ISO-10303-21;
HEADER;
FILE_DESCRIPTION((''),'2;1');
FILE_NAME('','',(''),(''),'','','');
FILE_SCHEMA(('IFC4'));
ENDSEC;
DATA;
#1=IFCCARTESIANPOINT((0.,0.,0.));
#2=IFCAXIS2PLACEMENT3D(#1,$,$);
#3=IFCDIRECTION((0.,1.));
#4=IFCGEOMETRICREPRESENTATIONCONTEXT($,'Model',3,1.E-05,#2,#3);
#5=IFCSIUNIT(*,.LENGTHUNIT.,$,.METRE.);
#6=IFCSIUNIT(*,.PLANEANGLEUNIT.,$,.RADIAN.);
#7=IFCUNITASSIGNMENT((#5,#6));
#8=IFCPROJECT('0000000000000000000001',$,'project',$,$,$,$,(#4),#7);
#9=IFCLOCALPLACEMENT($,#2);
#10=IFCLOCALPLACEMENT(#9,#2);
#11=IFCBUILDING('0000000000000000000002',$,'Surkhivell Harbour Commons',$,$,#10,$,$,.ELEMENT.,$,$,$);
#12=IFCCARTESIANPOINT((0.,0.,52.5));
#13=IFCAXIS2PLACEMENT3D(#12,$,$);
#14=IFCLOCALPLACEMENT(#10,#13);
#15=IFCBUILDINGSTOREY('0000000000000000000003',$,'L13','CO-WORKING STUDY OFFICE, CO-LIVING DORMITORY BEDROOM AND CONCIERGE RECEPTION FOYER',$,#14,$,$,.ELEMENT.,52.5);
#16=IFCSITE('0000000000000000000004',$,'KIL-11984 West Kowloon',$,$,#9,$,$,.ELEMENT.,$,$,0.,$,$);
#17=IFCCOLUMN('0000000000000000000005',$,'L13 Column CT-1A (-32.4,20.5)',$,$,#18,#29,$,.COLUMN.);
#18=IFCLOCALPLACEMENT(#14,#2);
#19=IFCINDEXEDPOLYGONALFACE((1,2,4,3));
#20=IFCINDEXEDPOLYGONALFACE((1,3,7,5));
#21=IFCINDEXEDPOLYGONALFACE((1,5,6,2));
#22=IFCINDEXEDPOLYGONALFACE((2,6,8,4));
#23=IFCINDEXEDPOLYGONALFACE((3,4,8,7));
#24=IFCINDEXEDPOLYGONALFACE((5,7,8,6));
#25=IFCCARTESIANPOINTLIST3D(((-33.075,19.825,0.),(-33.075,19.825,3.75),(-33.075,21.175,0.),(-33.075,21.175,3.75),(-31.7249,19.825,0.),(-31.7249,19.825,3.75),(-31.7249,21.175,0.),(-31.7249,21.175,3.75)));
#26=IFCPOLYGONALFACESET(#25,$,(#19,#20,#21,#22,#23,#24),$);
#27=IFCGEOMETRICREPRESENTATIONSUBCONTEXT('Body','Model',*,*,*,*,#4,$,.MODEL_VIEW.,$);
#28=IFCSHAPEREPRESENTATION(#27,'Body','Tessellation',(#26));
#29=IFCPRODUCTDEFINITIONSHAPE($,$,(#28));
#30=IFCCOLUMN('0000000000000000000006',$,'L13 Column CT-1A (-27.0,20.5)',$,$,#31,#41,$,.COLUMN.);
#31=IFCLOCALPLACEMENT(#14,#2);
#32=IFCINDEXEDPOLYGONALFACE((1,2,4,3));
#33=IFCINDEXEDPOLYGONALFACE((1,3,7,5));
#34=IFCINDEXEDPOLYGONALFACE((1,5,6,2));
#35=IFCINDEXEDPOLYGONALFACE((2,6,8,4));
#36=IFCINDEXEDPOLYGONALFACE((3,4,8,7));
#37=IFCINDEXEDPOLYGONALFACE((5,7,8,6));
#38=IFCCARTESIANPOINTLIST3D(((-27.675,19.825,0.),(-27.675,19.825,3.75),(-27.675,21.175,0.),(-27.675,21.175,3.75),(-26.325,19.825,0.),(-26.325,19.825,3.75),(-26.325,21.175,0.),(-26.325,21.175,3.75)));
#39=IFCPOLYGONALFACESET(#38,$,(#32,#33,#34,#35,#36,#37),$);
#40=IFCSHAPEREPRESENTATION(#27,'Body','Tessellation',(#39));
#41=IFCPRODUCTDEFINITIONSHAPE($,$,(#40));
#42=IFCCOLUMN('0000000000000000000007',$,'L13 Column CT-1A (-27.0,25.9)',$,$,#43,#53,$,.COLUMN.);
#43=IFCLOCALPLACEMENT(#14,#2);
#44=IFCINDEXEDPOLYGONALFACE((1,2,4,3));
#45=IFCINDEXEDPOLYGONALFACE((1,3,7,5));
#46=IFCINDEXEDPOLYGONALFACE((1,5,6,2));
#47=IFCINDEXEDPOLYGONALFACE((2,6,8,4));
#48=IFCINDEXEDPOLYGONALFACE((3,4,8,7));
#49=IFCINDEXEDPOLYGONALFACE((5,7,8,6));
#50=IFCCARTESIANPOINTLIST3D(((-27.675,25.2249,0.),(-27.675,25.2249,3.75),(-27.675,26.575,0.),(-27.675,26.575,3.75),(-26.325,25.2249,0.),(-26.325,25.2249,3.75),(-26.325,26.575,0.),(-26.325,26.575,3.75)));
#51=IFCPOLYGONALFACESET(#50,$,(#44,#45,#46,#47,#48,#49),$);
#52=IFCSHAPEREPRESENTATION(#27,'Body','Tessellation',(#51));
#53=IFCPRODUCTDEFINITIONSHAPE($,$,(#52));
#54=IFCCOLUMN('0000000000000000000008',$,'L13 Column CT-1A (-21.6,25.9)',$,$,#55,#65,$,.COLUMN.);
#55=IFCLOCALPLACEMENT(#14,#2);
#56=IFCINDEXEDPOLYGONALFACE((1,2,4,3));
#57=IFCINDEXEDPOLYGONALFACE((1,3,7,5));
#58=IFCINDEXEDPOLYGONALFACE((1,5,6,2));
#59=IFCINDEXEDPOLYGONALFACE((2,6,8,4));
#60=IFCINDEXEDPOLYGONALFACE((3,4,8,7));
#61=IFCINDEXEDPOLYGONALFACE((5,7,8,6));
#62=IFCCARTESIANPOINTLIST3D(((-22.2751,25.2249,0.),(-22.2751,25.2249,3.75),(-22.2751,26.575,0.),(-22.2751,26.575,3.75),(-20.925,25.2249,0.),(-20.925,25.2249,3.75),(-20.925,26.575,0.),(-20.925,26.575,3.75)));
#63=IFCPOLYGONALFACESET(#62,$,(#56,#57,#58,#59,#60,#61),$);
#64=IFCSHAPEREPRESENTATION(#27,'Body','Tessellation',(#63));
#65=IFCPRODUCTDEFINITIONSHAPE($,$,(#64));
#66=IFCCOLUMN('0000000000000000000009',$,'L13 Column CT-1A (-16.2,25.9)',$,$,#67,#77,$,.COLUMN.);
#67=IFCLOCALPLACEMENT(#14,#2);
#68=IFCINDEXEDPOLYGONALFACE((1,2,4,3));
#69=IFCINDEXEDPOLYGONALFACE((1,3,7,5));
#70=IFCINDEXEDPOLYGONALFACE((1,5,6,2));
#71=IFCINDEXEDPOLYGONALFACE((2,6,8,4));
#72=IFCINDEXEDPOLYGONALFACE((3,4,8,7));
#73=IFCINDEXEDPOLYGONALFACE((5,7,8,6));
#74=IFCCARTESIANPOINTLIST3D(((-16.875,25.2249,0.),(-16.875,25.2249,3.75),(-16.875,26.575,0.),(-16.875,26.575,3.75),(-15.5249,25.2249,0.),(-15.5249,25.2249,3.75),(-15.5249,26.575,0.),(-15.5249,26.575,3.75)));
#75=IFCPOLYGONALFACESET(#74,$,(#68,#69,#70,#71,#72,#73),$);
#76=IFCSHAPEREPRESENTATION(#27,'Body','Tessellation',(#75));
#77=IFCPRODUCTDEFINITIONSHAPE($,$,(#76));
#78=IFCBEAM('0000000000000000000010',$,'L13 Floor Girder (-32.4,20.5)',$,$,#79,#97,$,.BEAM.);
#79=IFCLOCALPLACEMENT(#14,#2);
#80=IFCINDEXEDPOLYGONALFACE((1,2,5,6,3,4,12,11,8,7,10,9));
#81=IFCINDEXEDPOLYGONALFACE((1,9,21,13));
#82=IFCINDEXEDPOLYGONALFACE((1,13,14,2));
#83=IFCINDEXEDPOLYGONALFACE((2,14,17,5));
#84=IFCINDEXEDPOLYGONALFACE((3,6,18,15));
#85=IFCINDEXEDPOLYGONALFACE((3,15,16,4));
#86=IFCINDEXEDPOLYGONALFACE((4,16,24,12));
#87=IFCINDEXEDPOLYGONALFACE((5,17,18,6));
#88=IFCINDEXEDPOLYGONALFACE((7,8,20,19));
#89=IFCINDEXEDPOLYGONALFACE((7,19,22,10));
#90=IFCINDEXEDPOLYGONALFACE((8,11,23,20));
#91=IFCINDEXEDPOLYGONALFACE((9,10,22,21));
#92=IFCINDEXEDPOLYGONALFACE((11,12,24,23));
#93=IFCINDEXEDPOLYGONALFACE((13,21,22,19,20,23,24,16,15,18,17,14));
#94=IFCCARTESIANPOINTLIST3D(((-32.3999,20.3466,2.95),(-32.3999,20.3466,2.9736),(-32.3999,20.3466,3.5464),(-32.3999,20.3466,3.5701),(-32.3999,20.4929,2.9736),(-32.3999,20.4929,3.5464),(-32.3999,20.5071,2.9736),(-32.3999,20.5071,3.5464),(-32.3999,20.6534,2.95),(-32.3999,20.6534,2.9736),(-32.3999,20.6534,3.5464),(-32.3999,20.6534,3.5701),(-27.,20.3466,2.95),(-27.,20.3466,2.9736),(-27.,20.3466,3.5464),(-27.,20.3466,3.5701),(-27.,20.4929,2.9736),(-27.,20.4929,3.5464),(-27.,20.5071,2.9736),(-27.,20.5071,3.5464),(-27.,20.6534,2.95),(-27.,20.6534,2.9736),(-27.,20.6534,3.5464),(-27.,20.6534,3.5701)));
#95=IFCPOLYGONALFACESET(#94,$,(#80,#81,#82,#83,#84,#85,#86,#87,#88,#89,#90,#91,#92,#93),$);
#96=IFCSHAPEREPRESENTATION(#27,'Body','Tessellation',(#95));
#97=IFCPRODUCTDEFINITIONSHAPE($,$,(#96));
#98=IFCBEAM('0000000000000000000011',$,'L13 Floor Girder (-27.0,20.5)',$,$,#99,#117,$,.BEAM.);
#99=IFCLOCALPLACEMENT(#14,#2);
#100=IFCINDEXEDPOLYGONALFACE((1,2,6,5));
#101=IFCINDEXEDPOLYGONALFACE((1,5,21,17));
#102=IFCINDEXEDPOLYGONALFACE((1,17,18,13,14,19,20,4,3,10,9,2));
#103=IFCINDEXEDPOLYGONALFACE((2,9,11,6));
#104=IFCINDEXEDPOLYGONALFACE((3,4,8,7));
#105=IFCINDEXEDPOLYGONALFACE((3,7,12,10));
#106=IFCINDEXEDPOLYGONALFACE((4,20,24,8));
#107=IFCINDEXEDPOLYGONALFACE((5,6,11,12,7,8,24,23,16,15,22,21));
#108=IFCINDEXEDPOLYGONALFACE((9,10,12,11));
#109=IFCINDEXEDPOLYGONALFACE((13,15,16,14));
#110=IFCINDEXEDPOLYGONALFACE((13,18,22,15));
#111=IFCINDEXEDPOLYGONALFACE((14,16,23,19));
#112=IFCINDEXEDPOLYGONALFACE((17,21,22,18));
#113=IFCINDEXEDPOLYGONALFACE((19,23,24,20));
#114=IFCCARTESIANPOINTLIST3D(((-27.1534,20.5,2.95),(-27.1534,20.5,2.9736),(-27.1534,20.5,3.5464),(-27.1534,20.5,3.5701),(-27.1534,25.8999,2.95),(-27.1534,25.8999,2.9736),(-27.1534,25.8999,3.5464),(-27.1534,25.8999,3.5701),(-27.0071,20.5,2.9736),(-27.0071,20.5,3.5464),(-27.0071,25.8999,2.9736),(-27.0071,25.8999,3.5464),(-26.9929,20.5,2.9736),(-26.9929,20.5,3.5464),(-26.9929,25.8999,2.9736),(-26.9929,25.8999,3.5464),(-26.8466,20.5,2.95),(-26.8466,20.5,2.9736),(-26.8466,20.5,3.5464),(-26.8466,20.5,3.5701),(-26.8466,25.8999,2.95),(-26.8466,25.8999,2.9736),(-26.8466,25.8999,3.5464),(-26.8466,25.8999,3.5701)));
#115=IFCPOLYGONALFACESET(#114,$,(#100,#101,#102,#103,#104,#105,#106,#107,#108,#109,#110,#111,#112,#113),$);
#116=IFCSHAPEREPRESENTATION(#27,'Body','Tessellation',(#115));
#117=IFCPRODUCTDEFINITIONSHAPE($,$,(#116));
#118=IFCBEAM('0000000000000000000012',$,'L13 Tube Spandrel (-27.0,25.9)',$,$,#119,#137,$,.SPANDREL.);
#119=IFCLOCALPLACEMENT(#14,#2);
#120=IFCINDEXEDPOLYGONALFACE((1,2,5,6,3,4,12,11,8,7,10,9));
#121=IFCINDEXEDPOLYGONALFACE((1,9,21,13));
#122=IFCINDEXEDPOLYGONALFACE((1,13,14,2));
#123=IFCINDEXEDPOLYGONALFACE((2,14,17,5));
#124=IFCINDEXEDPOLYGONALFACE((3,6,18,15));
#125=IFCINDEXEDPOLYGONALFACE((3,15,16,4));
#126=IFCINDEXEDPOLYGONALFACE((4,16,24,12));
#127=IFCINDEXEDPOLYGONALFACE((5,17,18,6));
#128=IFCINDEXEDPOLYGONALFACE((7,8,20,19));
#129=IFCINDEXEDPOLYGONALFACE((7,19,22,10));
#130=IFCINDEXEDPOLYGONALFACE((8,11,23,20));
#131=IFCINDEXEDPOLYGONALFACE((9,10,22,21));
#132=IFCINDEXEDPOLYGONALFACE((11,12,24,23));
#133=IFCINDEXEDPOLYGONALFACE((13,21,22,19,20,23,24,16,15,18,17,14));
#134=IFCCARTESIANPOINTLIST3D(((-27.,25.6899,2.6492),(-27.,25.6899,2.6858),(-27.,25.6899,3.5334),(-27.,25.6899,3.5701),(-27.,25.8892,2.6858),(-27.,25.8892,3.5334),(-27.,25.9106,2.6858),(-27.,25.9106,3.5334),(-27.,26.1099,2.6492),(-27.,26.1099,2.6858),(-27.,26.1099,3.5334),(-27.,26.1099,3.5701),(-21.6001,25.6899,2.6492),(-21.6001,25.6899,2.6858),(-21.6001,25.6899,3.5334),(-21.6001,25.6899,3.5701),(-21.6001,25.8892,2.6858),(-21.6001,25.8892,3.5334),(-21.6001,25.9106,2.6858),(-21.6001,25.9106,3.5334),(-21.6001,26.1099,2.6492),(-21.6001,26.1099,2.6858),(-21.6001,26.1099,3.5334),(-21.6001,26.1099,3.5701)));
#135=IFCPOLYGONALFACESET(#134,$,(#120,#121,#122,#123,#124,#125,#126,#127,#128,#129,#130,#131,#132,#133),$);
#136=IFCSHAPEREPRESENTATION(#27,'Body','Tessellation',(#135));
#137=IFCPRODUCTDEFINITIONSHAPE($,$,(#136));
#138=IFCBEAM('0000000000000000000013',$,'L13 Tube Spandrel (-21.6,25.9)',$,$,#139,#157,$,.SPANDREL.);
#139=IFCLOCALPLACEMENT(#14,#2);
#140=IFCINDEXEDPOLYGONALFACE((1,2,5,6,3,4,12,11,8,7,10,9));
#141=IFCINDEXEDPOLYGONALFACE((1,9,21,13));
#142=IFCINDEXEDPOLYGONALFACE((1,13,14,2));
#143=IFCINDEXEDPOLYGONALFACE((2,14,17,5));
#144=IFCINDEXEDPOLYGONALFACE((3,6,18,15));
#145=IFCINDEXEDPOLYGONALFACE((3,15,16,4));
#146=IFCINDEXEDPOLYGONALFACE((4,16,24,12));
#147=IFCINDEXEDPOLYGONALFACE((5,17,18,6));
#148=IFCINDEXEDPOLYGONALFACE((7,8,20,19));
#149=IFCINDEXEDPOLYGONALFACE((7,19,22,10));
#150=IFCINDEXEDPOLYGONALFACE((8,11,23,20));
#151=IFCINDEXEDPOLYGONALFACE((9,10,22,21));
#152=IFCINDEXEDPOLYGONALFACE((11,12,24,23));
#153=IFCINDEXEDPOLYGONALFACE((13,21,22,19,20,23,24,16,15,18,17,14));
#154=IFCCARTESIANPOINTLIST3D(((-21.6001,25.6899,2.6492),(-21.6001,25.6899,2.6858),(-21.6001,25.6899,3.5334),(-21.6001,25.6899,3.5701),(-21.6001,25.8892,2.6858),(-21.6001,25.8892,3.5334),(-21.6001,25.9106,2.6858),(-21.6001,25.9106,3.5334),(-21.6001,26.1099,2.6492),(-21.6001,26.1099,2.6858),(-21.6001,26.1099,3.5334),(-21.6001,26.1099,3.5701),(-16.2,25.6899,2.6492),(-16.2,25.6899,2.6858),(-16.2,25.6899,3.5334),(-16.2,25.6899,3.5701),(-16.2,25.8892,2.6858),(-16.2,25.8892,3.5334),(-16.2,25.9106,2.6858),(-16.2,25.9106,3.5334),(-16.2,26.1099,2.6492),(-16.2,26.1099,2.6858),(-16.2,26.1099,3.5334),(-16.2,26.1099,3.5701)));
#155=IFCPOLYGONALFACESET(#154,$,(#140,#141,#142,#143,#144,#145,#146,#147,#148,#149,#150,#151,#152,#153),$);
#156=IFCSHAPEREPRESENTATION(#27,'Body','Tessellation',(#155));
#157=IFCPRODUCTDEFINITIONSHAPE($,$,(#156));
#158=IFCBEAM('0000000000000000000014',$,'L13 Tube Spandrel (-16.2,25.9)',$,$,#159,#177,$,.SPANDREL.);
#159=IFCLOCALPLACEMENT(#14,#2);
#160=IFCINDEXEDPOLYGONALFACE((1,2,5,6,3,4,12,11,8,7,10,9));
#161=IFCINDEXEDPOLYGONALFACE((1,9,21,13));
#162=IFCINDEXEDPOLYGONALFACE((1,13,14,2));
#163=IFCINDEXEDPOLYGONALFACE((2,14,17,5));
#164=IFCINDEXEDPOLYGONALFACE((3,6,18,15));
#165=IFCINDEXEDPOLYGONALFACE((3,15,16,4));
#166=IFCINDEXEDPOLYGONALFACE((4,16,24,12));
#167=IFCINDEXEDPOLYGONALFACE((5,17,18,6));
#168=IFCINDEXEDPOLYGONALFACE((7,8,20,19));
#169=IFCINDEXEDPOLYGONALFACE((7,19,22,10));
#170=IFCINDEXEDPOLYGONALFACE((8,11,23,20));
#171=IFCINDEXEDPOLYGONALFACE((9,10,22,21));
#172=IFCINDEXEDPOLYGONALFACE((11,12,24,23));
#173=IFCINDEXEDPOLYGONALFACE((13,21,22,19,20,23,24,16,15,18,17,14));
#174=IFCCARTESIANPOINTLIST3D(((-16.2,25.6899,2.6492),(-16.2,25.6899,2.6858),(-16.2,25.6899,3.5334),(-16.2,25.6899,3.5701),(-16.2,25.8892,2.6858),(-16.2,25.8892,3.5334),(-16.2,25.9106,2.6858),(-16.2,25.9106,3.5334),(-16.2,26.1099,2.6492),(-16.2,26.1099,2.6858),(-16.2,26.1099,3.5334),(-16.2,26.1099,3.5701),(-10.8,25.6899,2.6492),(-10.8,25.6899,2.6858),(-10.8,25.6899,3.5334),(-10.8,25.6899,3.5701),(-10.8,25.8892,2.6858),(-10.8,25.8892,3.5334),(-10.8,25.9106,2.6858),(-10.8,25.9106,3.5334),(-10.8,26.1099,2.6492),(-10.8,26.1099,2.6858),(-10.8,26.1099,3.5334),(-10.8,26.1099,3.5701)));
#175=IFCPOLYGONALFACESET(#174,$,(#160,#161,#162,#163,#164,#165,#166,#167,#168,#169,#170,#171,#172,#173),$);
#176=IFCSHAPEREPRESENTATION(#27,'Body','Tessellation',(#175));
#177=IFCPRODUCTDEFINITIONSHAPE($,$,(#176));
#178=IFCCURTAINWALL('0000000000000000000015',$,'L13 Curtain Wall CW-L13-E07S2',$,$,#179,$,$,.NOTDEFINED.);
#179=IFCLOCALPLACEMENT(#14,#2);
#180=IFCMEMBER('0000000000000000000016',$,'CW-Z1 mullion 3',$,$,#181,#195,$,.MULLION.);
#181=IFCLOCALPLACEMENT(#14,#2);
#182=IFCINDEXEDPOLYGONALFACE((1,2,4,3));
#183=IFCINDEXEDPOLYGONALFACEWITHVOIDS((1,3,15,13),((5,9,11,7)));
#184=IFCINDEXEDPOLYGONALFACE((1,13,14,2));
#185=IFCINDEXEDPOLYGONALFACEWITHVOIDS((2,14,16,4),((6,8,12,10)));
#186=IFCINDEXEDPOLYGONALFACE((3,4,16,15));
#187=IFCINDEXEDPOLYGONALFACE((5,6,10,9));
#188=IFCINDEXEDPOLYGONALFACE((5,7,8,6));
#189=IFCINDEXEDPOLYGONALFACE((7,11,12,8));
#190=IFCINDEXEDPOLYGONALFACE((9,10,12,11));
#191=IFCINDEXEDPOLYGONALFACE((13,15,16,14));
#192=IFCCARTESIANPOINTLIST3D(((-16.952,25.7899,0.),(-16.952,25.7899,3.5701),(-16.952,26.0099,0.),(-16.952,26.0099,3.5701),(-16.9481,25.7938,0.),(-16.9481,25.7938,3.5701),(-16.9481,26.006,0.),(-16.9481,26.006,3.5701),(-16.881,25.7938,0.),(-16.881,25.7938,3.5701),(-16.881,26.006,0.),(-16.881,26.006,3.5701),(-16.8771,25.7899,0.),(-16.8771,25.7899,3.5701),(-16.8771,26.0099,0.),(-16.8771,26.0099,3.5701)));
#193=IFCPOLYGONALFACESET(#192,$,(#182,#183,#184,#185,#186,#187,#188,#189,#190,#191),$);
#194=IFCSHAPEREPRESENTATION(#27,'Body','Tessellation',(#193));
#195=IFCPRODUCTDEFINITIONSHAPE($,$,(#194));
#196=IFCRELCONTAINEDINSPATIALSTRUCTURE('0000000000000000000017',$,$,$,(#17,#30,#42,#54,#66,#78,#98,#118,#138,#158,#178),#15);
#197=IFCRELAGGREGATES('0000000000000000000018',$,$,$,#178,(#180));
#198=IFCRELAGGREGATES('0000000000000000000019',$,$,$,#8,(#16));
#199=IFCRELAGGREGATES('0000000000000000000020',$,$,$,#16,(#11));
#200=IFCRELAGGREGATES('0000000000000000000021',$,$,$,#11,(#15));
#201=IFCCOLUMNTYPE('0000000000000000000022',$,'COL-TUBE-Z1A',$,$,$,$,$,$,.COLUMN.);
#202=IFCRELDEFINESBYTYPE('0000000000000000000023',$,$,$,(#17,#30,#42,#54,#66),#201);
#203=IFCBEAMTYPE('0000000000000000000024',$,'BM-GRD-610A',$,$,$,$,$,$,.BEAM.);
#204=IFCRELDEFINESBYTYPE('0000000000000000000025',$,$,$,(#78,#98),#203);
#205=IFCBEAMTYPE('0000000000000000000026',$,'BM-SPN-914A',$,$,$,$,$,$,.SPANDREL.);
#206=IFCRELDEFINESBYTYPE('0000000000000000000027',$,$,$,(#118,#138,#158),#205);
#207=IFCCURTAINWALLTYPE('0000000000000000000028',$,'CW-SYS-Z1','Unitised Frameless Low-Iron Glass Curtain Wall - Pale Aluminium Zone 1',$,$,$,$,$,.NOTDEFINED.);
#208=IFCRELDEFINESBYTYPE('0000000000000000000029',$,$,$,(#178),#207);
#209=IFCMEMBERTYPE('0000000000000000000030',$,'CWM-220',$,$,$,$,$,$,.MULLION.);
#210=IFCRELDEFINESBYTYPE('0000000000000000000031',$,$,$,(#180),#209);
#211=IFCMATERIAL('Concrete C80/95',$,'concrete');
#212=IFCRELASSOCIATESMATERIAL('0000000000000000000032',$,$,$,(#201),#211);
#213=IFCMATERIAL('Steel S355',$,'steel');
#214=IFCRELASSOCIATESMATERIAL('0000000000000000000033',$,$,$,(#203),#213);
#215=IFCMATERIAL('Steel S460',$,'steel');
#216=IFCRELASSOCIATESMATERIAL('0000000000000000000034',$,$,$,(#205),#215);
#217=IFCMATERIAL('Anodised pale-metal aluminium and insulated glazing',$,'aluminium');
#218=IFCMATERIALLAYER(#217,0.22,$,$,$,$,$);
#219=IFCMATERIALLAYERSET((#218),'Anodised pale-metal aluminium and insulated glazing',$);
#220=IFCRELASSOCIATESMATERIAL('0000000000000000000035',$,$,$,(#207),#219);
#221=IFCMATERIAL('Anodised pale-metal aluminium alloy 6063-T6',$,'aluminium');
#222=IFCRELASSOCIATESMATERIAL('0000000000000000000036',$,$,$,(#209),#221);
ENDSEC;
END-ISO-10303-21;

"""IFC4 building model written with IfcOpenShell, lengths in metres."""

from ifc_helpers import new_model, si_unit, direction, frame, origin, origin_2d, place, context, subcontext, project, spatial, rectangle, hollow_rectangle, i_section, extrude, material, layer, layer_set, material_profile, profile_set, type_object, element, aggregate, save


model = new_model("IFC4")

# Units and contexts
model_context = context("Model", 3, precision=1e-05, world=origin(), true_north=direction((0.0, 1.0)))
body_context = subcontext(model_context, "Body", "Model", "MODEL_VIEW")
ifc_project = project(units=[si_unit("LENGTHUNIT", "METRE"), si_unit("PLANEANGLEUNIT", "RADIAN")], contexts=[model_context])

# Site, building, storey
site_placement = place(None, origin())
site = spatial("IfcSite", under=ifc_project, at=site_placement, Name="KIL-11984 West Kowloon", CompositionType="ELEMENT", RefElevation=0.0)
building_placement = place(site_placement, origin())
building = spatial("IfcBuilding", under=site, at=building_placement, Name="Surkhivell Harbour Commons", CompositionType="ELEMENT")
storey_placement = place(building_placement, frame((0.0, 0.0, 52.5)))
storey = spatial("IfcBuildingStorey", under=building, at=storey_placement, Name="L13", Description="CO-WORKING STUDY OFFICE, CO-LIVING DORMITORY BEDROOM AND CONCIERGE RECEPTION FOYER", CompositionType="ELEMENT", Elevation=52.5)

# Columns
ifc_material_1 = material(Name="Concrete C80/95", Category="concrete")
ifc_material_profile_1 = material_profile(ifc_material_1, rectangle(XDim=1.3501, YDim=1.3501, at=origin_2d()), Name="RC-COL-1350x1350")
ifc_profile_set_1 = profile_set([ifc_material_profile_1], Name="Concrete C80/95")
column_type = type_object("IfcColumnType", Name="COL-TUBE-Z1A", PredefinedType="COLUMN", material=ifc_profile_set_1)
for number, where, z_axis, x_axis, name in (
    (1, (-32.3999, 20.5, 0.0), (0.0, 0.0, 1.0), (1.0, 0.0, 0.0), "L13 Column CT-1A (-32.4,20.5)"),
    (2, (-27.0, 20.5, 0.0), (0.0, 0.0, 1.0), (1.0, 0.0, 0.0), "L13 Column CT-1A (-27.0,20.5)"),
    (3, (-27.0, 25.8999, 0.0), (0.0, 0.0, 1.0), (1.0, 0.0, 0.0), "L13 Column CT-1A (-27.0,25.9)"),
    (4, (-21.6001, 25.8999, 0.0), (0.0, 0.0, 1.0), (1.0, 0.0, 0.0), "L13 Column CT-1A (-21.6,25.9)"),
    (5, (-16.2, 25.8999, 0.0), (0.0, 0.0, 1.0), (1.0, 0.0, 0.0), "L13 Column CT-1A (-16.2,25.9)"),
):
    element("IfcColumn", number, at=place(storey_placement, frame(where, z_axis=z_axis, x_axis=x_axis)), inside=storey, type_object=column_type, Name=name, PredefinedType="COLUMN", context=body_context, shape_type="SweptSolid", body=[
        extrude(rectangle(XDim=1.3501, YDim=1.3501, at=origin_2d()), origin(), (0.0, 0.0, 1.0), 3.75),
    ])

# Beams
ifc_material_2 = material(Name="Steel S355", Category="steel")
ifc_material_profile_2 = material_profile(ifc_material_2, i_section(OverallWidth=0.3069, OverallDepth=0.6201, WebThickness=0.0142, FlangeThickness=0.0237, at=origin_2d()), Name="UB610x305x179")
ifc_profile_set_2 = profile_set([ifc_material_profile_2], Name="Steel S355")
beam_type_1 = type_object("IfcBeamType", Name="BM-GRD-610A", PredefinedType="BEAM", material=ifc_profile_set_2)
for number, where, z_axis, x_axis, name in (
    (6, (-32.3999, 20.5, 3.26), (1.0, 0.0, 0.0), (0.0, 1.0, 0.0), "L13 Floor Girder (-32.4,20.5)"),
    (7, (-27.0, 20.5, 3.26), (0.0, 1.0, 0.0), (-1.0, 0.0, 0.0), "L13 Floor Girder (-27.0,20.5)"),
):
    element("IfcBeam", number, at=place(storey_placement, frame(where, z_axis=z_axis, x_axis=x_axis)), inside=storey, type_object=beam_type_1, Name=name, PredefinedType="BEAM", context=body_context, shape_type="SweptSolid", body=[
        extrude(i_section(OverallWidth=0.3069, OverallDepth=0.6201, WebThickness=0.0142, FlangeThickness=0.0237, at=origin_2d()), origin(), (0.0, 0.0, 1.0), 5.3999),
    ])
ifc_material_3 = material(Name="Steel S460", Category="steel")
ifc_material_profile_3 = material_profile(ifc_material_3, i_section(OverallWidth=0.4199, OverallDepth=0.9209, WebThickness=0.0215, FlangeThickness=0.0366, at=origin_2d()), Name="UB914x419x388")
ifc_profile_set_3 = profile_set([ifc_material_profile_3], Name="Steel S460")
beam_type_2 = type_object("IfcBeamType", Name="BM-SPN-914A", PredefinedType="SPANDREL", material=ifc_profile_set_3)
beam_1_placement = place(storey_placement, frame((-27.0, 25.8999, 3.1096), z_axis=(1.0, 0.0, 0.0), x_axis=(0.0, 1.0, 0.0)))
element("IfcBeam", 8, at=beam_1_placement, inside=storey, type_object=beam_type_2, Name="L13 Tube Spandrel (-27.0,25.9)", PredefinedType="SPANDREL", context=body_context, shape_type="SweptSolid", body=[
    extrude(i_section(OverallWidth=0.4199, OverallDepth=0.9209, WebThickness=0.0215, FlangeThickness=0.0366, at=origin_2d()), origin(), (0.0, 0.0, 1.0), 5.3999),
])
beam_2_placement = place(storey_placement, frame((-21.6001, 25.8999, 3.1096), z_axis=(1.0, 0.0, 0.0), x_axis=(0.0, 1.0, 0.0)))
element("IfcBeam", 9, at=beam_2_placement, inside=storey, type_object=beam_type_2, Name="L13 Tube Spandrel (-21.6,25.9)", PredefinedType="SPANDREL", context=body_context, shape_type="SweptSolid", body=[
    extrude(i_section(OverallWidth=0.4199, OverallDepth=0.9209, WebThickness=0.0215, FlangeThickness=0.0366, at=origin_2d()), origin(), (0.0, 0.0, 1.0), 5.4001),
])
beam_3_placement = place(storey_placement, frame((-16.2, 25.8999, 3.1096), z_axis=(1.0, 0.0, 0.0), x_axis=(0.0, 1.0, 0.0)))
element("IfcBeam", 10, at=beam_3_placement, inside=storey, type_object=beam_type_2, Name="L13 Tube Spandrel (-16.2,25.9)", PredefinedType="SPANDREL", context=body_context, shape_type="SweptSolid", body=[
    extrude(i_section(OverallWidth=0.4199, OverallDepth=0.9209, WebThickness=0.0215, FlangeThickness=0.0366, at=origin_2d()), origin(), (0.0, 0.0, 1.0), 5.3999),
])

# Curtain wall, member
ifc_material_4 = material(Name="Anodised pale-metal aluminium and insulated glazing", Category="aluminium")
ifc_layer_1 = layer(ifc_material_4, 0.22)
ifc_layer_set_1 = layer_set([ifc_layer_1], Name="Anodised pale-metal aluminium and insulated glazing")
curtain_wall_type = type_object("IfcCurtainWallType", Name="CW-SYS-Z1", Description="Unitised Frameless Low-Iron Glass Curtain Wall - Pale Aluminium Zone 1", PredefinedType="NOTDEFINED", material=ifc_layer_set_1)
curtain_wall_1_placement = place(storey_placement, origin())
curtain_wall_1 = element("IfcCurtainWall", 11, at=curtain_wall_1_placement, inside=storey, type_object=curtain_wall_type, Name="L13 Curtain Wall CW-L13-E07S2", PredefinedType="NOTDEFINED")
ifc_material_5 = material(Name="Anodised pale-metal aluminium alloy 6063-T6", Category="aluminium")
ifc_material_profile_4 = material_profile(ifc_material_5, hollow_rectangle(XDim=0.075, YDim=0.22, WallThickness=0.0039, at=origin_2d()), Name="ALU-MULL-75x220")
ifc_profile_set_4 = profile_set([ifc_material_profile_4], Name="Anodised pale-metal aluminium alloy 6063-T6")
member_type_1 = type_object("IfcMemberType", Name="CWM-220", PredefinedType="MULLION", material=ifc_profile_set_4)
member_1_placement = place(storey_placement, frame((-16.9146, 25.8999, 0.0), z_axis=(0.0, 0.0, 1.0), x_axis=(-1.0, 0.0, 0.0)))
member_1 = element("IfcMember", 12, at=member_1_placement, type_object=member_type_1, Name="CW-Z1 mullion 3", PredefinedType="MULLION", context=body_context, shape_type="SweptSolid", body=[
    extrude(hollow_rectangle(XDim=0.075, YDim=0.22, WallThickness=0.0039, at=origin_2d()), origin(), (0.0, 0.0, 1.0), 3.5701),
])

aggregate(curtain_wall_1, [member_1])

save(model, "model.ifc")
